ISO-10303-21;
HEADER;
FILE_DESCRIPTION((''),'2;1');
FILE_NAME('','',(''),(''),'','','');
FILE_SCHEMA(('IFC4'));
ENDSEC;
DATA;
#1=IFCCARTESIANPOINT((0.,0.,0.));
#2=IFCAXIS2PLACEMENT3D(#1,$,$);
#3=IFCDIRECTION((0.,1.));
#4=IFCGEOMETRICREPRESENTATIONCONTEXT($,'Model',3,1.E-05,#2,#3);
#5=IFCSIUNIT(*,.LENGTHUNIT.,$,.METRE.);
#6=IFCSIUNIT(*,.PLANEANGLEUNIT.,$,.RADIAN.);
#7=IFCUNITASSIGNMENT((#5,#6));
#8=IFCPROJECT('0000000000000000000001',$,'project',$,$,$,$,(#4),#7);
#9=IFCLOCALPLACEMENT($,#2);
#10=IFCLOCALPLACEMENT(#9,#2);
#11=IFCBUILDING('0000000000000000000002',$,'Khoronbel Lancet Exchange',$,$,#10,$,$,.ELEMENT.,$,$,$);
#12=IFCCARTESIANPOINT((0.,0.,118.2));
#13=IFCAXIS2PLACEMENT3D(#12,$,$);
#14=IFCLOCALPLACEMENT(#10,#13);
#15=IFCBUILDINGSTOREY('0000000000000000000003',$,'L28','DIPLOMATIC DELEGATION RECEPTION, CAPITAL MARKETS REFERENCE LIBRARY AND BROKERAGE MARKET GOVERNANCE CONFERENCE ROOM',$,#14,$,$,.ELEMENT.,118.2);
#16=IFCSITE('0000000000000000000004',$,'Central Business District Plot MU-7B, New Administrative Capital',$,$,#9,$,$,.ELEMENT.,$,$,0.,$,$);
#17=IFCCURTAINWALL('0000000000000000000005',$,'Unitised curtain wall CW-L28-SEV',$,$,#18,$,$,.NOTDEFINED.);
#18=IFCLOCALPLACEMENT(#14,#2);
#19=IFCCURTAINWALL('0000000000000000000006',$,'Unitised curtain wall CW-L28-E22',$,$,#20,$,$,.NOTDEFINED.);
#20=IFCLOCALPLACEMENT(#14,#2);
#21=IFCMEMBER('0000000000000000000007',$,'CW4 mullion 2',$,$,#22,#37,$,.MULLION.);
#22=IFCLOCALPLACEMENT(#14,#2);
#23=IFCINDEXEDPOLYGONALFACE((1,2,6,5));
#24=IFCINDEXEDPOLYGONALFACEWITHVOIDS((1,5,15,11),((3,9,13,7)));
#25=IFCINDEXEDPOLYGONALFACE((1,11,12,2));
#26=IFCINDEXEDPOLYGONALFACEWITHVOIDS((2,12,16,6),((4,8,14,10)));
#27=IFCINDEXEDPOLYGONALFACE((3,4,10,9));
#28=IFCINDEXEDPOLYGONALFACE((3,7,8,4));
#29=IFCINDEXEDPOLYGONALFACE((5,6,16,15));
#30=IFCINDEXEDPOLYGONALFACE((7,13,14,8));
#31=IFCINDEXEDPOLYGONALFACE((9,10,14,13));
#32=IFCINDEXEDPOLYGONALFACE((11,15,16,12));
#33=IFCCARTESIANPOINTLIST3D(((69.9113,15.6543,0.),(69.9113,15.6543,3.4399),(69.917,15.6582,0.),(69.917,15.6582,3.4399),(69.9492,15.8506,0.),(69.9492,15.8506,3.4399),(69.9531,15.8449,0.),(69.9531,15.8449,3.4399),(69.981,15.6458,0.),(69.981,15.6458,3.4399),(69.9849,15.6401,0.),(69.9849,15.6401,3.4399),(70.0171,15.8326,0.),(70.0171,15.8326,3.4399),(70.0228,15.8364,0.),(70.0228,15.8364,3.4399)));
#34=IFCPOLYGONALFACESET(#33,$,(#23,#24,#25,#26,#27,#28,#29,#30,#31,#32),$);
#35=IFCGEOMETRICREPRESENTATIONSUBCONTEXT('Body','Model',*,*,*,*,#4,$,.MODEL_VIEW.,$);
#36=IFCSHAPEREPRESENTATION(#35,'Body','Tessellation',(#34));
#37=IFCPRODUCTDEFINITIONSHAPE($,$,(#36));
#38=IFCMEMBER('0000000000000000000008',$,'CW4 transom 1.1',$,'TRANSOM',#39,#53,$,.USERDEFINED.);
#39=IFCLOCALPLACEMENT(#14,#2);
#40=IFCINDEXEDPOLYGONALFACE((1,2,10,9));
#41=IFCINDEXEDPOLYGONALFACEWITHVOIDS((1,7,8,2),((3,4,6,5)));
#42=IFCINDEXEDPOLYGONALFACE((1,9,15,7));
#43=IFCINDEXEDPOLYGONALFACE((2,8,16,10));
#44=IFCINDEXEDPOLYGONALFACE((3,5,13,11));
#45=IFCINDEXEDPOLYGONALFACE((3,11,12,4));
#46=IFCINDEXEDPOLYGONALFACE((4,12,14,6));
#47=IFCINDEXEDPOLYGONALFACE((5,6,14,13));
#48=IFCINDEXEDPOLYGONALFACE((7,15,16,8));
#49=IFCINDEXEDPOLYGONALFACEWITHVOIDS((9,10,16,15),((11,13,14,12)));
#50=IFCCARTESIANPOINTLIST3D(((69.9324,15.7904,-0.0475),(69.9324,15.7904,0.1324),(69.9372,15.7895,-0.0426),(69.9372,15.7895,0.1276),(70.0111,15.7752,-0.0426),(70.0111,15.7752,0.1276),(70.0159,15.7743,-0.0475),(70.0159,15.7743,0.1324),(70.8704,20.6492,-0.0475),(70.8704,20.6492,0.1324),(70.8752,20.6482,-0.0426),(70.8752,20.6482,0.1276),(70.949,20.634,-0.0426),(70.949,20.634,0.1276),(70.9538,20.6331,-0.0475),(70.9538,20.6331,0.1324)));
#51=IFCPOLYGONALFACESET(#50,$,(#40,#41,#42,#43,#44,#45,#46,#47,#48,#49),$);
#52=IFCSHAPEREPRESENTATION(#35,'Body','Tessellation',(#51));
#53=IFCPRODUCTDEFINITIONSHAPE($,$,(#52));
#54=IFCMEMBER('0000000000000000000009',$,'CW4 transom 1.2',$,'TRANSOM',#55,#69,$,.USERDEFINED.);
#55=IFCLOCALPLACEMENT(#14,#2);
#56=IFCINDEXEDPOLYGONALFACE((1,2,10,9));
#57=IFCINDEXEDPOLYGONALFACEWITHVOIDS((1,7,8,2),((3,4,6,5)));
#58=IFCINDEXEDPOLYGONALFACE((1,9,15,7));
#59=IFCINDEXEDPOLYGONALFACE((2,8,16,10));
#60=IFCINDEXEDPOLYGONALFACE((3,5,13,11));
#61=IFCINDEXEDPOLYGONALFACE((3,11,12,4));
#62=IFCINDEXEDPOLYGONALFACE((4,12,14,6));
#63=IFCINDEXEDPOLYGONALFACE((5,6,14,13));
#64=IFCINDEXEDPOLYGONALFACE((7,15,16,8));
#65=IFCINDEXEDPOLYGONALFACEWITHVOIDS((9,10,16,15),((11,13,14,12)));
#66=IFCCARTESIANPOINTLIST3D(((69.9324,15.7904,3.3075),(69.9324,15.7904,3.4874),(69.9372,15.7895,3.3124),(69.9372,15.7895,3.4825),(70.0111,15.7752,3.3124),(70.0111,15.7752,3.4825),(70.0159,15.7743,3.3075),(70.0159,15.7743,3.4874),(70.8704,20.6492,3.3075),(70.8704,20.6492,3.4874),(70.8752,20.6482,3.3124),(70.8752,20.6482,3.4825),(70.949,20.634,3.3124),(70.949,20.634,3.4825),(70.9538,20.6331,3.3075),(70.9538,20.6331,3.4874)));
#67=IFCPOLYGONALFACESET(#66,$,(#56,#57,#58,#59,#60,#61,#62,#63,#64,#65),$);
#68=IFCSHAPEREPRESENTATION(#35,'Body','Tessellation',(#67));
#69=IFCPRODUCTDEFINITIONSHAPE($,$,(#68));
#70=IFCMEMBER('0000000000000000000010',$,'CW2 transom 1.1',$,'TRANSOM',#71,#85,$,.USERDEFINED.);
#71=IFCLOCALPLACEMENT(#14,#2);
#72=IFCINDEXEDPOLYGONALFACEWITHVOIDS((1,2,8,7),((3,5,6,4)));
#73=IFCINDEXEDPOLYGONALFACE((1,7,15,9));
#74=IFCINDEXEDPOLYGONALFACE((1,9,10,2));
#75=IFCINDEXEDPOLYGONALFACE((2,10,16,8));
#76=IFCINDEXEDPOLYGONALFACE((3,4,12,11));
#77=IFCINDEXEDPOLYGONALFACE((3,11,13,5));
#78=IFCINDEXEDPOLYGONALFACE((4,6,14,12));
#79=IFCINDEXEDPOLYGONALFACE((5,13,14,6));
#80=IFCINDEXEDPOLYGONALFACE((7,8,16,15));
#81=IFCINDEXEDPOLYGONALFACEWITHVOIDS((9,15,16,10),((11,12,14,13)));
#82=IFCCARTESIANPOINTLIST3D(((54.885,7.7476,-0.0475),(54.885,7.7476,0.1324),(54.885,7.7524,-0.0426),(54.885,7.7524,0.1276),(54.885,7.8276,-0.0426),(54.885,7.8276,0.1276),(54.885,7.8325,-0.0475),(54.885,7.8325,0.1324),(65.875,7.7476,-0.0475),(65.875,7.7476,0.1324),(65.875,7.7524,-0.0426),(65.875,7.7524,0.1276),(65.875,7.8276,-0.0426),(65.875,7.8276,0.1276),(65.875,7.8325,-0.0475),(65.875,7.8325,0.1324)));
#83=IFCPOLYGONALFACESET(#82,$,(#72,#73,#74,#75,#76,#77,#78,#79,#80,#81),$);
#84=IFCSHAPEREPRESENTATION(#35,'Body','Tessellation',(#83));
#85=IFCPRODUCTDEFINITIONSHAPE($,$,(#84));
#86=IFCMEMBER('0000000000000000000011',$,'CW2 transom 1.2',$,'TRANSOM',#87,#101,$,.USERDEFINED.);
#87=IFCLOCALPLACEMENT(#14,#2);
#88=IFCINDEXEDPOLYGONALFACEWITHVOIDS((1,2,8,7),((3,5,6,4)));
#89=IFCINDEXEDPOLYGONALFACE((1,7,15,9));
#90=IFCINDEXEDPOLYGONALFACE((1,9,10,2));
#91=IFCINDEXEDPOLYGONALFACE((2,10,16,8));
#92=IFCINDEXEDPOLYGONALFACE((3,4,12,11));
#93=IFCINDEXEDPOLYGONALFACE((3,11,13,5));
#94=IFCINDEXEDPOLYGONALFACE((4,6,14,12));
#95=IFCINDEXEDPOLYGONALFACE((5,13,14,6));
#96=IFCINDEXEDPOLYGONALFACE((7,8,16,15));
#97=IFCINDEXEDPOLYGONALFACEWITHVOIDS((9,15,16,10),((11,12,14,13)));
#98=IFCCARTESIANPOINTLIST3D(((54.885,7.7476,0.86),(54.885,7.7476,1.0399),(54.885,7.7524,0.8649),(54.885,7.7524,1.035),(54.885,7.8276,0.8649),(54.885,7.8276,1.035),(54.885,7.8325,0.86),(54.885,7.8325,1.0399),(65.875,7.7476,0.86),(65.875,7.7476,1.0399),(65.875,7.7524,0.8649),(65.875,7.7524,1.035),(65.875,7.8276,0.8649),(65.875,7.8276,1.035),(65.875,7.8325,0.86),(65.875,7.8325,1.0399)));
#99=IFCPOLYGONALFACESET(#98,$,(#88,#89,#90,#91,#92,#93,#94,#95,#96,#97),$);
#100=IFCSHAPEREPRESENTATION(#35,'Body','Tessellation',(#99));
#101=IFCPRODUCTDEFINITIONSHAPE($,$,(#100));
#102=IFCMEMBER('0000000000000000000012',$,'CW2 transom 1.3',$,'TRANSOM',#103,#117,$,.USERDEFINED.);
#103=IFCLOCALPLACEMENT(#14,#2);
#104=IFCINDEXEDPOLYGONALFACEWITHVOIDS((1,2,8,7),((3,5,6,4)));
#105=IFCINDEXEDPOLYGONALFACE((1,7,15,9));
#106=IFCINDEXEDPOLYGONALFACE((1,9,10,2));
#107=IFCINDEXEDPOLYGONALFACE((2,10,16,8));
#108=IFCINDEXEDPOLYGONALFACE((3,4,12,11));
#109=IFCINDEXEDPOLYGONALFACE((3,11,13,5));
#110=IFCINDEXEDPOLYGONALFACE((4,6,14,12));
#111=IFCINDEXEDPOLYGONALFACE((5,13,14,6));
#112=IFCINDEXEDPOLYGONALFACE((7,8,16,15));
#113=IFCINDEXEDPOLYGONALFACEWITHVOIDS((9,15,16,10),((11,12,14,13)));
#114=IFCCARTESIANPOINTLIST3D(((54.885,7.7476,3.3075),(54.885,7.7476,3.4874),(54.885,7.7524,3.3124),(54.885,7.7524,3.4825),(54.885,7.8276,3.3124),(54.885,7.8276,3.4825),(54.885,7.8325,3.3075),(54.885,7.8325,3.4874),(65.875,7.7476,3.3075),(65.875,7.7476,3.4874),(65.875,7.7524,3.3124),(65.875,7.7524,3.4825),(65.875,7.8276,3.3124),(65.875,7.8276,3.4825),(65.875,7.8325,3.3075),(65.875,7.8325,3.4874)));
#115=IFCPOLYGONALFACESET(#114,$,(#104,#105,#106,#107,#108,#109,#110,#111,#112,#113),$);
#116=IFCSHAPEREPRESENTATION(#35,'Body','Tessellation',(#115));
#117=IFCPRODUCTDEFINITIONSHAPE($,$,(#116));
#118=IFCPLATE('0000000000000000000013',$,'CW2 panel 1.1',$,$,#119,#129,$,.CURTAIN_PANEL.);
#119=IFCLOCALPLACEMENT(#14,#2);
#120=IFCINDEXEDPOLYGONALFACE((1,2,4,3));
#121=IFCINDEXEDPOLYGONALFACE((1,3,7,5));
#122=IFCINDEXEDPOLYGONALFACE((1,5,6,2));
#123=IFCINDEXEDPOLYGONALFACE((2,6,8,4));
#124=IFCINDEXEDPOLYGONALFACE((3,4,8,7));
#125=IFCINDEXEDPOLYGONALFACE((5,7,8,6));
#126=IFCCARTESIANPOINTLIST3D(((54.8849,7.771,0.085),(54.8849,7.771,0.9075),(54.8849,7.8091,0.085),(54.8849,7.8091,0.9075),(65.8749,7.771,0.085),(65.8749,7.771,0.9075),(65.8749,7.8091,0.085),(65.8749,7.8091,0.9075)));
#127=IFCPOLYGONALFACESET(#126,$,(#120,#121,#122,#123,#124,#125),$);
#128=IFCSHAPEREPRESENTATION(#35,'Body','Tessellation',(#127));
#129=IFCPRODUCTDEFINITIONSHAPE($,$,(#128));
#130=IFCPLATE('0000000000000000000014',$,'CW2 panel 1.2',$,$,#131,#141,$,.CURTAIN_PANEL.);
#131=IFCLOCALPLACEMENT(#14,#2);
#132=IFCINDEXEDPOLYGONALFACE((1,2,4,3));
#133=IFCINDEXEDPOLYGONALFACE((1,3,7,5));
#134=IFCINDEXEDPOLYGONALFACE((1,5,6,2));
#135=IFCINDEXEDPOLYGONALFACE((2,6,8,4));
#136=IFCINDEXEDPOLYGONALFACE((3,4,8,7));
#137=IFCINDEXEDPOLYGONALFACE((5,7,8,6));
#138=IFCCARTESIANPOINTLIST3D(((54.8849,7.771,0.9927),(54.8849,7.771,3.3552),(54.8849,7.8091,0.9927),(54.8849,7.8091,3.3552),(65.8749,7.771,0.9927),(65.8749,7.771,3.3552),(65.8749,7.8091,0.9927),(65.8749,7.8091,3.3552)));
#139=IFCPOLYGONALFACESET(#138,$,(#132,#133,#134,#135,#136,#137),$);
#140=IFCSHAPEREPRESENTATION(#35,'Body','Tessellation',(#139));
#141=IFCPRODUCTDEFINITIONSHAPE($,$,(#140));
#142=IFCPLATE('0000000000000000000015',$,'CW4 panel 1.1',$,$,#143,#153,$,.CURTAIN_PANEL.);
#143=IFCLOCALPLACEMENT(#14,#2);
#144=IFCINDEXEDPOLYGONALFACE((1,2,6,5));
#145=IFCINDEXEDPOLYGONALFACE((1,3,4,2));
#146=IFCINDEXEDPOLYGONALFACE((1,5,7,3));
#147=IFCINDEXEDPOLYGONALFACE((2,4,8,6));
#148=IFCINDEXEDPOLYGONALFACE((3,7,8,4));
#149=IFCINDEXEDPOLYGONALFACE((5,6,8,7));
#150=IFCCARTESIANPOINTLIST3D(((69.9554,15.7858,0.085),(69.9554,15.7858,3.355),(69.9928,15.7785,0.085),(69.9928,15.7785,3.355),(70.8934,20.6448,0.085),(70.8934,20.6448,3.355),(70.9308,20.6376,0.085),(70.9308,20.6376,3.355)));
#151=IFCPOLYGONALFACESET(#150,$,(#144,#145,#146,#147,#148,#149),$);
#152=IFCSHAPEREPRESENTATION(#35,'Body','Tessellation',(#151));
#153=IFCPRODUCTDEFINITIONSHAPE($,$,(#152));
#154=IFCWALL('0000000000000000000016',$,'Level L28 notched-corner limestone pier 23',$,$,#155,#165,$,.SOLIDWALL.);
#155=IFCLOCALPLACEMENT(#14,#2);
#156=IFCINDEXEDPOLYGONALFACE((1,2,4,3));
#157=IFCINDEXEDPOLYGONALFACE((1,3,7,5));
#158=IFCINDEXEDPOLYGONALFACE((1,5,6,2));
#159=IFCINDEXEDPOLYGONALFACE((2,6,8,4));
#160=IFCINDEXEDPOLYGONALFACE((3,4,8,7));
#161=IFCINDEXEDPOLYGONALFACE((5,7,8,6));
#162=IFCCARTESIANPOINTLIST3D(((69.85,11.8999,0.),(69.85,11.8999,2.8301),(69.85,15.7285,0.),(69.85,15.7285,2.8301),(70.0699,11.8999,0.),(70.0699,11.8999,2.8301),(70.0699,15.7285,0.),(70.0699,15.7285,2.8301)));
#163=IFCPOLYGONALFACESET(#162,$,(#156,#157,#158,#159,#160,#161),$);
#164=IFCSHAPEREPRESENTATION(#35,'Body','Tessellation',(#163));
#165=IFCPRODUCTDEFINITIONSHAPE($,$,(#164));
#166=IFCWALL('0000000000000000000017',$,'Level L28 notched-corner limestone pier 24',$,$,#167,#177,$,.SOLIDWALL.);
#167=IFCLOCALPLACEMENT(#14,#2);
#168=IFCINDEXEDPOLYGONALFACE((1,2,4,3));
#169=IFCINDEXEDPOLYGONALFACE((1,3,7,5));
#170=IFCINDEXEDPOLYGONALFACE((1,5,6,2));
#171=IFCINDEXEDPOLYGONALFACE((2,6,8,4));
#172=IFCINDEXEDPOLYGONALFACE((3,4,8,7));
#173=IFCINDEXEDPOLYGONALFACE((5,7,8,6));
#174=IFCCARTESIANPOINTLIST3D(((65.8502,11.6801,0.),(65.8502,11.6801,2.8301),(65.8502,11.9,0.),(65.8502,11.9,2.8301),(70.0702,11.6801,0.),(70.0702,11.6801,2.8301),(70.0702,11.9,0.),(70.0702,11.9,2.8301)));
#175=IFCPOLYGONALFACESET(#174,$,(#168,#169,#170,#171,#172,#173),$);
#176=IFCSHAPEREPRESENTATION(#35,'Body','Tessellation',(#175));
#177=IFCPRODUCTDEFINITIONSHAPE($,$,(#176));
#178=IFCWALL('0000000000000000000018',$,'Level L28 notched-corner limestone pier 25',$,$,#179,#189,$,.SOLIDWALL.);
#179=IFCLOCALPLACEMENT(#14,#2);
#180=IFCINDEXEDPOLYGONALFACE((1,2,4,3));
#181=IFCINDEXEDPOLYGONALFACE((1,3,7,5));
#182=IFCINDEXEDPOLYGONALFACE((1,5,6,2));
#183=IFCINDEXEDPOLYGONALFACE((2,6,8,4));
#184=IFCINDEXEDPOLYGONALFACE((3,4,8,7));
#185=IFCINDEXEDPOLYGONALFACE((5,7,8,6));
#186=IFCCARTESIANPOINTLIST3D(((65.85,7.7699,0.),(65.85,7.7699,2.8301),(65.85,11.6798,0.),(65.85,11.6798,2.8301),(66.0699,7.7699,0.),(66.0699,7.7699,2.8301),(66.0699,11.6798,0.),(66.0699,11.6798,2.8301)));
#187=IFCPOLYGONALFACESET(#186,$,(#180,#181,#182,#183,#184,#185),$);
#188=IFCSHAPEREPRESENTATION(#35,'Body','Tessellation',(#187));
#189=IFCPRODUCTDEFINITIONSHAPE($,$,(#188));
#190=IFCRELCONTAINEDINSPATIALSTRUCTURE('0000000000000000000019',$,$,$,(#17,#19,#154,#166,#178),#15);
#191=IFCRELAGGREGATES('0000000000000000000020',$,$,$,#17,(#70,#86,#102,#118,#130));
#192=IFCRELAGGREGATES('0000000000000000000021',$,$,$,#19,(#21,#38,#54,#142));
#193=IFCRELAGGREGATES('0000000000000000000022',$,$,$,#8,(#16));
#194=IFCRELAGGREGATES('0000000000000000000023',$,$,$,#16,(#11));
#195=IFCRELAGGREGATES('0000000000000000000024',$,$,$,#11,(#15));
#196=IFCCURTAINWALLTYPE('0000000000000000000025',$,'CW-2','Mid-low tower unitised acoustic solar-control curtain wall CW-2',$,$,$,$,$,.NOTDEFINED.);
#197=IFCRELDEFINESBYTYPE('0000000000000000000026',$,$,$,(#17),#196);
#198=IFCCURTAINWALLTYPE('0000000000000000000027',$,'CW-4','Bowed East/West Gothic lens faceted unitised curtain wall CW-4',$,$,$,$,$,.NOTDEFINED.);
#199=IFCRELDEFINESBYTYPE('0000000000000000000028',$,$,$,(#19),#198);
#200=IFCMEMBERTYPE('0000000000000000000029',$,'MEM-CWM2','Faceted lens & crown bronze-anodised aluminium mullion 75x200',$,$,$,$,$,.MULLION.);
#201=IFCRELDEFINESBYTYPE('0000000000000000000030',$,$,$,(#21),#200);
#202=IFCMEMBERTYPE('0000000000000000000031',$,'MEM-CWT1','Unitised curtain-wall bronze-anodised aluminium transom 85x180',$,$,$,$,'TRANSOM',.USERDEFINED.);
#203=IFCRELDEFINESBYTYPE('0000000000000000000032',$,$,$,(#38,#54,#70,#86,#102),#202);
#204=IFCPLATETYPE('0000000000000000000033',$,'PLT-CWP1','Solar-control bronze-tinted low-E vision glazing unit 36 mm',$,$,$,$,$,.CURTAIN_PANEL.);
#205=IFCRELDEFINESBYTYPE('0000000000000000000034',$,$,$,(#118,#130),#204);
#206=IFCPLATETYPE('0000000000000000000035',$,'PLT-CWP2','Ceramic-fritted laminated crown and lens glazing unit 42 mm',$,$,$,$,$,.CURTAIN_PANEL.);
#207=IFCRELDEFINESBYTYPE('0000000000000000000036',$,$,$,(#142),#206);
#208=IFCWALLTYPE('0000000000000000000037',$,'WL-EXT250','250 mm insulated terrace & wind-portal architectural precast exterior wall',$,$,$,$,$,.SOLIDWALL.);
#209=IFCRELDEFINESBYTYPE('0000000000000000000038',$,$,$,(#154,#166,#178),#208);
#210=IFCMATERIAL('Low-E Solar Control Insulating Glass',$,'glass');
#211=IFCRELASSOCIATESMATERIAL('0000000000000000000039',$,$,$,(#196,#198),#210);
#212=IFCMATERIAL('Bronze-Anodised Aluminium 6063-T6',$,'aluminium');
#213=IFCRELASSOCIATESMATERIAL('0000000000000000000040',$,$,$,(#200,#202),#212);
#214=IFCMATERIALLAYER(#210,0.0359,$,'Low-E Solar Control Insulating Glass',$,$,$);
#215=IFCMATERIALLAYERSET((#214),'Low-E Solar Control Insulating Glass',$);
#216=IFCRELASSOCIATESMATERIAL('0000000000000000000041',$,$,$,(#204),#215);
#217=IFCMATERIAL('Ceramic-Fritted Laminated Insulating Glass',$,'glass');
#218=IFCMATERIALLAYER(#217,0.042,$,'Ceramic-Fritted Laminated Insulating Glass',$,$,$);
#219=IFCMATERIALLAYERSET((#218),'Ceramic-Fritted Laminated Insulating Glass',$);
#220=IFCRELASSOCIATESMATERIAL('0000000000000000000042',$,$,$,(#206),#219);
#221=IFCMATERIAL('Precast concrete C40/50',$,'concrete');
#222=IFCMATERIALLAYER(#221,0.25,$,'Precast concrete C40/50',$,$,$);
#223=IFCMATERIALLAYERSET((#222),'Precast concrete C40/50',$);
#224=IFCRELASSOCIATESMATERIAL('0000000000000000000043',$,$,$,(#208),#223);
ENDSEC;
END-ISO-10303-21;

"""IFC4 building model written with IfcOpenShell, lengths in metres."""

from ifc_helpers import new_model, si_unit, direction, frame, frame_2d, origin, origin_2d, place, context, subcontext, project, spatial, rectangle, hollow_rectangle, extrude, material, layer, layer_set, material_profile, profile_set, type_object, element, aggregate, save


model = new_model("IFC4")

# Units and contexts
model_context = context("Model", 3, precision=1e-05, world=origin(), true_north=direction((0.0, 1.0)))
body_context = subcontext(model_context, "Body", "Model", "MODEL_VIEW")
ifc_project = project(units=[si_unit("LENGTHUNIT", "METRE"), si_unit("PLANEANGLEUNIT", "RADIAN")], contexts=[model_context])

# Site, building, storey
site_placement = place(None, origin())
site = spatial("IfcSite", under=ifc_project, at=site_placement, Name="Central Business District Plot MU-7B, New Administrative Capital", CompositionType="ELEMENT", RefElevation=0.0)
building_placement = place(site_placement, origin())
building = spatial("IfcBuilding", under=site, at=building_placement, Name="Khoronbel Lancet Exchange", CompositionType="ELEMENT")
storey_placement = place(building_placement, frame((0.0, 0.0, 118.2)))
storey = spatial("IfcBuildingStorey", under=building, at=storey_placement, Name="L28", Description="DIPLOMATIC DELEGATION RECEPTION, CAPITAL MARKETS REFERENCE LIBRARY AND BROKERAGE MARKET GOVERNANCE CONFERENCE ROOM", CompositionType="ELEMENT", Elevation=118.2)

# Shared definitions
ifc_material_1 = material(Name="Low-E Solar Control Insulating Glass", Category="glass")
curtain_wall_type_1 = type_object("IfcCurtainWallType", Name="CW-2", Description="Mid-low tower unitised acoustic solar-control curtain wall CW-2", PredefinedType="NOTDEFINED", material=ifc_material_1)
ifc_material_2 = material(Name="Bronze-Anodised Aluminium 6063-T6", Category="aluminium")

# Curtain wall
curtain_wall_1_placement = place(storey_placement, origin())
curtain_wall_1 = element("IfcCurtainWall", 1, at=curtain_wall_1_placement, inside=storey, type_object=curtain_wall_type_1, Name="Unitised curtain wall CW-L28-SEV", PredefinedType="NOTDEFINED")

# Shared definitions
curtain_wall_type_2 = type_object("IfcCurtainWallType", Name="CW-4", Description="Bowed East/West Gothic lens faceted unitised curtain wall CW-4", PredefinedType="NOTDEFINED", material=ifc_material_1)
ifc_material_profile_1 = material_profile(ifc_material_2, hollow_rectangle(XDim=0.075, YDim=0.2, WallThickness=0.0049, at=origin_2d()), Name="ALU MULLION 75x200")
ifc_profile_set_1 = profile_set([ifc_material_profile_1], Name="Bronze-Anodised Aluminium 6063-T6")
member_type_1 = type_object("IfcMemberType", Name="MEM-CWM2", Description="Faceted lens & crown bronze-anodised aluminium mullion 75x200", PredefinedType="MULLION", material=ifc_profile_set_1)

# Curtain wall, members
curtain_wall_2_placement = place(storey_placement, origin())
curtain_wall_2 = element("IfcCurtainWall", 2, at=curtain_wall_2_placement, inside=storey, type_object=curtain_wall_type_2, Name="Unitised curtain wall CW-L28-E22", PredefinedType="NOTDEFINED")
member_1_placement = place(storey_placement, frame((69.967, 15.7454, 0.0), z_axis=(0.0, 0.0, 1.0), x_axis=(0.981873, -0.189541, 0.0)))
member_1 = element("IfcMember", 3, at=member_1_placement, type_object=member_type_1, Name="CW4 mullion 2", PredefinedType="MULLION", context=body_context, shape_type="SweptSolid", body=[
    extrude(hollow_rectangle(XDim=0.075, YDim=0.2, WallThickness=0.0049, at=origin_2d()), origin(), (0.0, 0.0, 1.0), 3.4399),
])
ifc_material_profile_2 = material_profile(ifc_material_2, hollow_rectangle(XDim=0.085, YDim=0.1799, WallThickness=0.0049, at=origin_2d()), Name="ALU TRANSOM 85x180")
ifc_profile_set_2 = profile_set([ifc_material_profile_2], Name="Bronze-Anodised Aluminium 6063-T6")
member_type_2 = type_object("IfcMemberType", Name="MEM-CWT1", Description="Unitised curtain-wall bronze-anodised aluminium transom 85x180", ElementType="TRANSOM", PredefinedType="USERDEFINED", material=ifc_profile_set_2)
member_2_placement = place(storey_placement, frame((70.9121, 20.6411, 0.0425), z_axis=(-0.189546, -0.981872, 0.0), x_axis=(0.981872, -0.189546, 0.0)))
member_2 = element("IfcMember", 4, at=member_2_placement, type_object=member_type_2, Name="CW4 transom 1.1", ObjectType="TRANSOM", PredefinedType="USERDEFINED", context=body_context, shape_type="SweptSolid", body=[
    extrude(hollow_rectangle(XDim=0.085, YDim=0.1799, WallThickness=0.0049, at=origin_2d()), origin(), (0.0, 0.0, 1.0), 4.9485),
])
member_3_placement = place(storey_placement, frame((70.9121, 20.6411, 3.3975), z_axis=(-0.189546, -0.981872, 0.0), x_axis=(0.981872, -0.189546, 0.0)))
member_3 = element("IfcMember", 5, at=member_3_placement, type_object=member_type_2, Name="CW4 transom 1.2", ObjectType="TRANSOM", PredefinedType="USERDEFINED", context=body_context, shape_type="SweptSolid", body=[
    extrude(hollow_rectangle(XDim=0.085, YDim=0.1799, WallThickness=0.0049, at=origin_2d()), origin(), (0.0, 0.0, 1.0), 4.9485),
])

# Members
member_4_placement = place(storey_placement, frame((54.885, 7.79, 0.0425), z_axis=(1.0, 0.0, 0.0), x_axis=(0.0, 1.0, 0.0)))
member_4 = element("IfcMember", 6, at=member_4_placement, type_object=member_type_2, Name="CW2 transom 1.1", ObjectType="TRANSOM", PredefinedType="USERDEFINED", context=body_context, shape_type="SweptSolid", body=[
    extrude(hollow_rectangle(XDim=0.085, YDim=0.1799, WallThickness=0.0049, at=origin_2d()), origin(), (0.0, 0.0, 1.0), 10.99),
])
member_5_placement = place(storey_placement, frame((54.885, 7.79, 0.95), z_axis=(1.0, 0.0, 0.0), x_axis=(0.0, 1.0, 0.0)))
member_5 = element("IfcMember", 7, at=member_5_placement, type_object=member_type_2, Name="CW2 transom 1.2", ObjectType="TRANSOM", PredefinedType="USERDEFINED", context=body_context, shape_type="SweptSolid", body=[
    extrude(hollow_rectangle(XDim=0.085, YDim=0.1799, WallThickness=0.0049, at=origin_2d()), origin(), (0.0, 0.0, 1.0), 10.99),
])
member_6_placement = place(storey_placement, frame((54.885, 7.79, 3.3975), z_axis=(1.0, 0.0, 0.0), x_axis=(0.0, 1.0, 0.0)))
member_6 = element("IfcMember", 8, at=member_6_placement, type_object=member_type_2, Name="CW2 transom 1.3", ObjectType="TRANSOM", PredefinedType="USERDEFINED", context=body_context, shape_type="SweptSolid", body=[
    extrude(hollow_rectangle(XDim=0.085, YDim=0.1799, WallThickness=0.0049, at=origin_2d()), origin(), (0.0, 0.0, 1.0), 10.99),
])

# Plates
ifc_layer_1 = layer(ifc_material_1, 0.0359, Name="Low-E Solar Control Insulating Glass")
ifc_layer_set_1 = layer_set([ifc_layer_1], Name="Low-E Solar Control Insulating Glass")
plate_type_1 = type_object("IfcPlateType", Name="PLT-CWP1", Description="Solar-control bronze-tinted low-E vision glazing unit 36 mm", PredefinedType="CURTAIN_PANEL", material=ifc_layer_set_1)
plate_1_placement = place(storey_placement, frame((60.3799, 7.79, 0.085), z_axis=(0.0, 0.0, 1.0), x_axis=(1.0, 0.0, 0.0)))
plate_1 = element("IfcPlate", 9, at=plate_1_placement, type_object=plate_type_1, Name="CW2 panel 1.1", PredefinedType="CURTAIN_PANEL", context=body_context, shape_type="SweptSolid", body=[
    extrude(rectangle(XDim=10.99, YDim=0.0381, at=origin_2d()), origin(), (0.0, 0.0, 1.0), 0.8225),
])
plate_2_placement = place(storey_placement, frame((60.3799, 7.79, 0.9927), z_axis=(0.0, 0.0, 1.0), x_axis=(1.0, 0.0, 0.0)))
plate_2 = element("IfcPlate", 10, at=plate_2_placement, type_object=plate_type_1, Name="CW2 panel 1.2", PredefinedType="CURTAIN_PANEL", context=body_context, shape_type="SweptSolid", body=[
    extrude(rectangle(XDim=10.99, YDim=0.0381, at=origin_2d()), origin(), (0.0, 0.0, 1.0), 2.3625),
])
aggregate(curtain_wall_1, [member_4, member_5, member_6, plate_1, plate_2])
ifc_material_3 = material(Name="Ceramic-Fritted Laminated Insulating Glass", Category="glass")
ifc_layer_2 = layer(ifc_material_3, 0.042, Name="Ceramic-Fritted Laminated Insulating Glass")
ifc_layer_set_2 = layer_set([ifc_layer_2], Name="Ceramic-Fritted Laminated Insulating Glass")
plate_type_2 = type_object("IfcPlateType", Name="PLT-CWP2", Description="Ceramic-fritted laminated crown and lens glazing unit 42 mm", PredefinedType="CURTAIN_PANEL", material=ifc_layer_set_2)
plate_3_placement = place(storey_placement, frame((70.4431, 18.2117, 0.085), z_axis=(0.0, 0.0, 1.0), x_axis=(-0.189541, -0.981873, 0.0)))
plate_3 = element("IfcPlate", 11, at=plate_3_placement, type_object=plate_type_2, Name="CW4 panel 1.1", PredefinedType="CURTAIN_PANEL", context=body_context, shape_type="SweptSolid", body=[
    extrude(rectangle(XDim=4.9487, YDim=0.0381, at=origin_2d()), origin(), (0.0, 0.0, 1.0), 3.27),
])
aggregate(curtain_wall_2, [member_1, member_2, member_3, plate_3])

# Walls
ifc_material_4 = material(Name="Precast concrete C40/50", Category="concrete")
ifc_layer_3 = layer(ifc_material_4, 0.25, Name="Precast concrete C40/50")
ifc_layer_set_3 = layer_set([ifc_layer_3], Name="Precast concrete C40/50")
wall_type_1 = type_object("IfcWallType", Name="WL-EXT250", Description="250 mm insulated terrace & wind-portal architectural precast exterior wall", PredefinedType="SOLIDWALL", material=ifc_layer_set_3)
wall_1_placement = place(storey_placement, frame((69.96, 15.7285, 0.0), z_axis=(0.0, 0.0, 1.0), x_axis=(0.0, -1.0, 0.0)))
element("IfcWall", 12, at=wall_1_placement, inside=storey, type_object=wall_type_1, Name="Level L28 notched-corner limestone pier 23", PredefinedType="SOLIDWALL", context=body_context, shape_type="SweptSolid", body=[
    extrude(rectangle(XDim=3.8286, YDim=0.22, at=frame_2d((1.9143, 0.0))), origin(), (0.0, 0.0, 1.0), 2.8301),
])
wall_2_placement = place(storey_placement, frame((70.0701, 11.79, 0.0), z_axis=(0.0, 0.0, 1.0), x_axis=(-1.0, 0.0, 0.0)))
element("IfcWall", 13, at=wall_2_placement, inside=storey, type_object=wall_type_1, Name="Level L28 notched-corner limestone pier 24", PredefinedType="SOLIDWALL", context=body_context, shape_type="SweptSolid", body=[
    extrude(rectangle(XDim=4.22, YDim=0.22, at=frame_2d((2.1099, 0.0))), origin(), (0.0, 0.0, 1.0), 2.8301),
])
wall_3_placement = place(storey_placement, frame((65.96, 11.6799, 0.0), z_axis=(0.0, 0.0, 1.0), x_axis=(0.0, -1.0, 0.0)))
element("IfcWall", 14, at=wall_3_placement, inside=storey, type_object=wall_type_1, Name="Level L28 notched-corner limestone pier 25", PredefinedType="SOLIDWALL", context=body_context, shape_type="SweptSolid", body=[
    extrude(rectangle(XDim=3.9099, YDim=0.22, at=frame_2d((1.9551, 0.0))), origin(), (0.0, 0.0, 1.0), 2.8301),
])

save(model, "model.ifc")
